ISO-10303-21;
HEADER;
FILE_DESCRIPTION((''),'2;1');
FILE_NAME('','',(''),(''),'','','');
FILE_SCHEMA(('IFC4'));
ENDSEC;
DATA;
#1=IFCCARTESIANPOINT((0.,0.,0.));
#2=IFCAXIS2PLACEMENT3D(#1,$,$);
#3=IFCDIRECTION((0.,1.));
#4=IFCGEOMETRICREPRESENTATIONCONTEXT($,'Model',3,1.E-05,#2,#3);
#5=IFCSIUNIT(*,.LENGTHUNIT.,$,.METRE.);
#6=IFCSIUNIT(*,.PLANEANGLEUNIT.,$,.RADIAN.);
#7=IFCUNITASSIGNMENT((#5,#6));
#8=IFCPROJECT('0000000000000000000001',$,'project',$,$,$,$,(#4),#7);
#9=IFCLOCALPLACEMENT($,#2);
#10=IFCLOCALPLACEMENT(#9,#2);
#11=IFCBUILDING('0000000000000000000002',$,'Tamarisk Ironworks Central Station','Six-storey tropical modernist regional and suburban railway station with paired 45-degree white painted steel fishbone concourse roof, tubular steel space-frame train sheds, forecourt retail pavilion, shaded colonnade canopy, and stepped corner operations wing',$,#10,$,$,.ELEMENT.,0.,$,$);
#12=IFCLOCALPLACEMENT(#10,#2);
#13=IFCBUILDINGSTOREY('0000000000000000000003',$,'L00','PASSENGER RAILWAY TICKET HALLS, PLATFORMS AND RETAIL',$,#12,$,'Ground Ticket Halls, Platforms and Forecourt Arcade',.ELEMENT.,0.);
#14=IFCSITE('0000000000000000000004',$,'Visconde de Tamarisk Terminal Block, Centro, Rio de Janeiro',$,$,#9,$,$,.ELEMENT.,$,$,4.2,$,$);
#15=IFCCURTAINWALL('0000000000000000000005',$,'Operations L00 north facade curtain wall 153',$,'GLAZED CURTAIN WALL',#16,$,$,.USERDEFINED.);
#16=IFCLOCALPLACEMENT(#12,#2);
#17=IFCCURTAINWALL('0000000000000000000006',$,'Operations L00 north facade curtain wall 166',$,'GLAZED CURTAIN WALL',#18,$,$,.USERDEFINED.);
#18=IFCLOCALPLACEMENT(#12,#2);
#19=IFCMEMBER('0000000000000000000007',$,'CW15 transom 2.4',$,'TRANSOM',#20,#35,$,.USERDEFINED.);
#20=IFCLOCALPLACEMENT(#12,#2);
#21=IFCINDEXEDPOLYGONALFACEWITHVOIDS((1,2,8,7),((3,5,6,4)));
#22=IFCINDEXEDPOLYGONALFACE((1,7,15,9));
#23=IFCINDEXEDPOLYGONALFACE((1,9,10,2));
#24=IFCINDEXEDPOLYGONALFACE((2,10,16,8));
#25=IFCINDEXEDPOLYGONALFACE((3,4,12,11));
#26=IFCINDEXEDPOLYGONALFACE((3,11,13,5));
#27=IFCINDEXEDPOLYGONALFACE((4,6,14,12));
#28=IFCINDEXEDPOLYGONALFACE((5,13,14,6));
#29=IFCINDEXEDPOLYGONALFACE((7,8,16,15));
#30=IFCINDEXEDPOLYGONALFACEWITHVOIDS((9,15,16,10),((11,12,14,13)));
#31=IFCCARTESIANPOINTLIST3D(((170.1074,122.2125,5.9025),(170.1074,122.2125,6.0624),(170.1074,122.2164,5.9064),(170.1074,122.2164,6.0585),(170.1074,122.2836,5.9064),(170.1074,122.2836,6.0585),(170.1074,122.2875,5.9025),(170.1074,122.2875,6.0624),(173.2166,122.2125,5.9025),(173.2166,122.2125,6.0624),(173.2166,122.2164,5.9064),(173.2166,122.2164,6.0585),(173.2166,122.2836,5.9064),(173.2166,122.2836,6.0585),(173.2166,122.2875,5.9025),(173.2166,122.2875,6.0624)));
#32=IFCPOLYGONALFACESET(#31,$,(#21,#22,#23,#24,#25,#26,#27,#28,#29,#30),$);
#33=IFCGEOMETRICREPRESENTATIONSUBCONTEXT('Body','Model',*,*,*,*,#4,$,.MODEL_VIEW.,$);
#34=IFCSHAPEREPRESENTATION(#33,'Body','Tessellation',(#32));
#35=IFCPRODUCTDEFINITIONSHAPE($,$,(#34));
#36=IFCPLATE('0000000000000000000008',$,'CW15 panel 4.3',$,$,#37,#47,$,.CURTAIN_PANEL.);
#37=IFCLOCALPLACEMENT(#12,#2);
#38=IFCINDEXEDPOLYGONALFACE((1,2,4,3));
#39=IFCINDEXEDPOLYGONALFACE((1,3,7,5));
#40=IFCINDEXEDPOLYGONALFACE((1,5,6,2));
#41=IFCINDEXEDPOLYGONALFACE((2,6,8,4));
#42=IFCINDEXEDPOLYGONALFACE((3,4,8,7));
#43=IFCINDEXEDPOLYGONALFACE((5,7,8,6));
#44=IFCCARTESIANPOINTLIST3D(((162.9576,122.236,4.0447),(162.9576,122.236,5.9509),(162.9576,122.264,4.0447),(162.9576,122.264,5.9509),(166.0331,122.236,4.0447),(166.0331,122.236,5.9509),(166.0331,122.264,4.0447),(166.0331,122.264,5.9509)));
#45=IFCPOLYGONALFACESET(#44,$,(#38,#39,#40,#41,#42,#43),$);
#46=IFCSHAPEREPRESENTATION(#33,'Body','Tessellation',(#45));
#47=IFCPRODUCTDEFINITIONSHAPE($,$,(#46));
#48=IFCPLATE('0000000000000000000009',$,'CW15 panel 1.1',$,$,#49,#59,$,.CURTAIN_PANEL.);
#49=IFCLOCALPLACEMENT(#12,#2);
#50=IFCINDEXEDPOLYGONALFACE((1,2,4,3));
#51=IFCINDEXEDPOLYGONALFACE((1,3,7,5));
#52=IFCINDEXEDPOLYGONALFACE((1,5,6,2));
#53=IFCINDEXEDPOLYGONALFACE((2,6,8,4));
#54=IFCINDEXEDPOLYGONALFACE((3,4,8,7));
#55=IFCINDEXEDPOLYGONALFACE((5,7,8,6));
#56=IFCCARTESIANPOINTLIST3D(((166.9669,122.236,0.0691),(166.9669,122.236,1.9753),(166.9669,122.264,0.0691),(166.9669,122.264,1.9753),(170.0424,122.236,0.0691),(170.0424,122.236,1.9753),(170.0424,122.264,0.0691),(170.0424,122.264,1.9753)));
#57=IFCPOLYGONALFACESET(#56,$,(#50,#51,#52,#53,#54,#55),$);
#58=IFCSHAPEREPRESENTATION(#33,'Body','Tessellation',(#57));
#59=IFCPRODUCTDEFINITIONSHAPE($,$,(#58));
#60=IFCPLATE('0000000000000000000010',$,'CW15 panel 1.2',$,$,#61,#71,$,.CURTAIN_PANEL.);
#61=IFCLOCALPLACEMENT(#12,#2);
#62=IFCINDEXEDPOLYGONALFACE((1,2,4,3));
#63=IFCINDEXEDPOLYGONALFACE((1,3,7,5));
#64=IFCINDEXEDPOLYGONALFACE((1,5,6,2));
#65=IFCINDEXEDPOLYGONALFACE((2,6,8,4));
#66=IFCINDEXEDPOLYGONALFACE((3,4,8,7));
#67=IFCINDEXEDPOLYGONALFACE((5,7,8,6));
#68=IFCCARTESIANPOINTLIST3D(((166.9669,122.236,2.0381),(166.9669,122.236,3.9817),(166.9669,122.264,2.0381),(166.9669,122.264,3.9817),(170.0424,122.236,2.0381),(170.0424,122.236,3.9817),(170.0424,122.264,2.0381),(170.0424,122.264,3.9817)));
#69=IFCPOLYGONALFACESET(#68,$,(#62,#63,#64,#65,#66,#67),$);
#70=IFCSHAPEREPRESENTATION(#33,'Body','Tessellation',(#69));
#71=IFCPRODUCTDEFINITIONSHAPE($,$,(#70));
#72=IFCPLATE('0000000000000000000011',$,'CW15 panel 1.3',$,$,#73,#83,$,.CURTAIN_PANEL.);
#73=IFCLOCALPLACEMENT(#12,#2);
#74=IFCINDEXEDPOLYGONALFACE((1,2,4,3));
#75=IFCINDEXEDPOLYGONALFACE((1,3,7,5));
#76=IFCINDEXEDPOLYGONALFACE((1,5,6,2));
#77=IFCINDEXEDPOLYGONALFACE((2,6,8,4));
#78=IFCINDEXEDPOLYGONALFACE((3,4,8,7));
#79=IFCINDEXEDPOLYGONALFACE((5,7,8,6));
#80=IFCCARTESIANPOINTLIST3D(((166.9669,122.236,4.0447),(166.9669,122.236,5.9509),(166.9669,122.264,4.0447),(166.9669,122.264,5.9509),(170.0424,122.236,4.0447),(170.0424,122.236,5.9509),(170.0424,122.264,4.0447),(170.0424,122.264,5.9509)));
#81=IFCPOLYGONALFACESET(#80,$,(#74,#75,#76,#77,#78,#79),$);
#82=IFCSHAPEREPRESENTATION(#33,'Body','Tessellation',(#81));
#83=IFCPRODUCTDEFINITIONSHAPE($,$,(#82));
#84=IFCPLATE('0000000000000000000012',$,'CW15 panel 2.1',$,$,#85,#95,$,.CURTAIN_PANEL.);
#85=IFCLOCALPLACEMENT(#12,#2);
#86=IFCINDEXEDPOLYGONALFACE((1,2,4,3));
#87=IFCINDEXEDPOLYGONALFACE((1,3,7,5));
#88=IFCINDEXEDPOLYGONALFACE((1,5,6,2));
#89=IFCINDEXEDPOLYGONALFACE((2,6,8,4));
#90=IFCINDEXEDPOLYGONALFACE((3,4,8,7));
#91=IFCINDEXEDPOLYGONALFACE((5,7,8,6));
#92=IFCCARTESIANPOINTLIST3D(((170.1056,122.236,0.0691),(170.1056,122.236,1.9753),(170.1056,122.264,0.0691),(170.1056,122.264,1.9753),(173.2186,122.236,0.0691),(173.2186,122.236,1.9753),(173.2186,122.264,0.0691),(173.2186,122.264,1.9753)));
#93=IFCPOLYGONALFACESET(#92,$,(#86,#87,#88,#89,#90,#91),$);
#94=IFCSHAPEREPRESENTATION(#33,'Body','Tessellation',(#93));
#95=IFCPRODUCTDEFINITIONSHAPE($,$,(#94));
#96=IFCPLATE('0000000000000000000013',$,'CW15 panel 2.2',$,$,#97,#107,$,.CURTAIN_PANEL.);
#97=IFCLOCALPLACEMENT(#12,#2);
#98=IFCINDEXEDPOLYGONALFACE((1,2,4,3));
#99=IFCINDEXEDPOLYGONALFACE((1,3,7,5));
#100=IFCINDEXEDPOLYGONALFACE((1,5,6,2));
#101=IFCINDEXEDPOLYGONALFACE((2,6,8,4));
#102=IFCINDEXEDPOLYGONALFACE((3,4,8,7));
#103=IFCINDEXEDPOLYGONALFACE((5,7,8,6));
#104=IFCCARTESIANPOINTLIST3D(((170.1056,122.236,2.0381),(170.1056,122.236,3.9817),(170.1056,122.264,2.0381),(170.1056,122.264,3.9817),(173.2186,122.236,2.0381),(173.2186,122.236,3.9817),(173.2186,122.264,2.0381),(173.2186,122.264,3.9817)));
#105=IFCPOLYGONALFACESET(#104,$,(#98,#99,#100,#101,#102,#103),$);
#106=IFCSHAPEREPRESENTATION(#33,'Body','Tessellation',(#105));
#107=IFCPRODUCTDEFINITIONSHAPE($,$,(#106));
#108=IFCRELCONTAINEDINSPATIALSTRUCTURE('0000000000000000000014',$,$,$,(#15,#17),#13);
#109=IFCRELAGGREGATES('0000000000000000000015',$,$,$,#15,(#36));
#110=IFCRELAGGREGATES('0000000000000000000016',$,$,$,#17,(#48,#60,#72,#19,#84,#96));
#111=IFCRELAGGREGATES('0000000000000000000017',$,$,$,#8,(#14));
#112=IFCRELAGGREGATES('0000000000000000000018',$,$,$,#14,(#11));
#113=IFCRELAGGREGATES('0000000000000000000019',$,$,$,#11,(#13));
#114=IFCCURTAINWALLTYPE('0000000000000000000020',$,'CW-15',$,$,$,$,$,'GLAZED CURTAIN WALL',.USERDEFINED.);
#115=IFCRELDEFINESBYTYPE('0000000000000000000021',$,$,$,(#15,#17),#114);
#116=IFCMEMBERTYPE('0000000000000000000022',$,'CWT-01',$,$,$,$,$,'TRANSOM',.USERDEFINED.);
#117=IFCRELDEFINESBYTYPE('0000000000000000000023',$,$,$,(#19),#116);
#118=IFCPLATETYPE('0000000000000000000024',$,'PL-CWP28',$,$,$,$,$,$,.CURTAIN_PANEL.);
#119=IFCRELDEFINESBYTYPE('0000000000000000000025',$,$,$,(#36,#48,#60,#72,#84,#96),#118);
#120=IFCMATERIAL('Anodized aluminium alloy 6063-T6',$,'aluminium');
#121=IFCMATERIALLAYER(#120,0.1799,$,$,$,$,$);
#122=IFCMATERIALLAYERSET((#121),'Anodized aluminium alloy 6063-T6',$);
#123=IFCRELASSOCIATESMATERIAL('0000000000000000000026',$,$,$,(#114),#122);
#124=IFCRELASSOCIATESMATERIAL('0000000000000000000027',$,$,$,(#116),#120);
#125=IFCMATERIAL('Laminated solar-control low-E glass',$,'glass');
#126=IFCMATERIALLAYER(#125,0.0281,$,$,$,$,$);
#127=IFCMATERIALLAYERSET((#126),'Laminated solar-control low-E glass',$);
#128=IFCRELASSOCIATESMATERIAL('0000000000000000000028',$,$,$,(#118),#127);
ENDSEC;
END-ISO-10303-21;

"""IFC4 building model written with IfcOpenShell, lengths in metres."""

from ifc_helpers import new_model, si_unit, direction, frame, origin, origin_2d, place, context, subcontext, project, spatial, rectangle, hollow_rectangle, extrude, material, layer, layer_set, material_profile, profile_set, type_object, element, aggregate, save


model = new_model("IFC4")

# Units and contexts
model_context = context("Model", 3, precision=1e-05, world=origin(), true_north=direction((0.0, 1.0)))
body_context = subcontext(model_context, "Body", "Model", "MODEL_VIEW")
ifc_project = project(units=[si_unit("LENGTHUNIT", "METRE"), si_unit("PLANEANGLEUNIT", "RADIAN")], contexts=[model_context])

# Site, building, storey
site_placement = place(None, origin())
site = spatial("IfcSite", under=ifc_project, at=site_placement, Name="Visconde de Tamarisk Terminal Block, Centro, Rio de Janeiro", CompositionType="ELEMENT", RefElevation=4.2)
building_placement = place(site_placement, origin())
building = spatial("IfcBuilding", under=site, at=building_placement, Name="Tamarisk Ironworks Central Station", Description="Six-storey tropical modernist regional and suburban railway station with paired 45-degree white painted steel fishbone concourse roof, tubular steel space-frame train sheds, forecourt retail pavilion, shaded colonnade canopy, and stepped corner operations wing", CompositionType="ELEMENT", ElevationOfRefHeight=0.0)
storey_placement = place(building_placement, origin())
storey = spatial("IfcBuildingStorey", under=building, at=storey_placement, Name="L00", Description="PASSENGER RAILWAY TICKET HALLS, PLATFORMS AND RETAIL", LongName="Ground Ticket Halls, Platforms and Forecourt Arcade", CompositionType="ELEMENT", Elevation=0.0)

# Curtain wall
ifc_material_1 = material(Name="Anodized aluminium alloy 6063-T6", Category="aluminium")
ifc_layer_1 = layer(ifc_material_1, 0.1799)
ifc_layer_set_1 = layer_set([ifc_layer_1], Name="Anodized aluminium alloy 6063-T6")
curtain_wall_type = type_object("IfcCurtainWallType", Name="CW-15", ElementType="GLAZED CURTAIN WALL", PredefinedType="USERDEFINED", material=ifc_layer_set_1)
curtain_wall_1_placement = place(storey_placement, origin())
curtain_wall_1 = element("IfcCurtainWall", 1, at=curtain_wall_1_placement, inside=storey, type_object=curtain_wall_type, Name="Operations L00 north facade curtain wall 153", ObjectType="GLAZED CURTAIN WALL", PredefinedType="USERDEFINED")

# Curtain wall, member
curtain_wall_2_placement = place(storey_placement, origin())
curtain_wall_2 = element("IfcCurtainWall", 2, at=curtain_wall_2_placement, inside=storey, type_object=curtain_wall_type, Name="Operations L00 north facade curtain wall 166", ObjectType="GLAZED CURTAIN WALL", PredefinedType="USERDEFINED")
ifc_material_profile_1 = material_profile(ifc_material_1, hollow_rectangle(XDim=0.075, YDim=0.1599, WallThickness=0.0039, at=origin_2d()), Name="ALUM 160x75")
ifc_profile_set_1 = profile_set([ifc_material_profile_1], Name="Anodized aluminium alloy 6063-T6")
member_type_1 = type_object("IfcMemberType", Name="CWT-01", ElementType="TRANSOM", PredefinedType="USERDEFINED", material=ifc_profile_set_1)
member_1_placement = place(storey_placement, frame((170.1074, 122.25, 5.9824), z_axis=(1.0, 0.0, 0.0), x_axis=(0.0, 1.0, 0.0)))
member_1 = element("IfcMember", 3, at=member_1_placement, type_object=member_type_1, Name="CW15 transom 2.4", ObjectType="TRANSOM", PredefinedType="USERDEFINED", context=body_context, shape_type="SweptSolid", body=[
    extrude(hollow_rectangle(XDim=0.075, YDim=0.1599, WallThickness=0.0039, at=origin_2d()), origin(), (0.0, 0.0, 1.0), 3.1091),
])

# Plates
ifc_material_2 = material(Name="Laminated solar-control low-E glass", Category="glass")
ifc_layer_2 = layer(ifc_material_2, 0.0281)
ifc_layer_set_2 = layer_set([ifc_layer_2], Name="Laminated solar-control low-E glass")
plate_type = type_object("IfcPlateType", Name="PL-CWP28", PredefinedType="CURTAIN_PANEL", material=ifc_layer_set_2)
plate_1_placement = place(storey_placement, frame((164.4954, 122.25, 4.0447), z_axis=(0.0, 0.0, 1.0), x_axis=(1.0, 0.0, 0.0)))
plate_1 = element("IfcPlate", 4, at=plate_1_placement, type_object=plate_type, Name="CW15 panel 4.3", PredefinedType="CURTAIN_PANEL", context=body_context, shape_type="SweptSolid", body=[
    extrude(rectangle(XDim=3.0754, YDim=0.0281, at=origin_2d()), origin(), (0.0, 0.0, 1.0), 1.9062),
])
aggregate(curtain_wall_1, [plate_1])
plate_2_placement = place(storey_placement, frame((168.5046, 122.25, 0.0691), z_axis=(0.0, 0.0, 1.0), x_axis=(1.0, 0.0, 0.0)))
plate_2 = element("IfcPlate", 5, at=plate_2_placement, type_object=plate_type, Name="CW15 panel 1.1", PredefinedType="CURTAIN_PANEL", context=body_context, shape_type="SweptSolid", body=[
    extrude(rectangle(XDim=3.0754, YDim=0.0281, at=origin_2d()), origin(), (0.0, 0.0, 1.0), 1.9062),
])
plate_3_placement = place(storey_placement, frame((168.5046, 122.25, 2.0381), z_axis=(0.0, 0.0, 1.0), x_axis=(1.0, 0.0, 0.0)))
plate_3 = element("IfcPlate", 6, at=plate_3_placement, type_object=plate_type, Name="CW15 panel 1.2", PredefinedType="CURTAIN_PANEL", context=body_context, shape_type="SweptSolid", body=[
    extrude(rectangle(XDim=3.0754, YDim=0.0281, at=origin_2d()), origin(), (0.0, 0.0, 1.0), 1.9436),
])
plate_4_placement = place(storey_placement, frame((168.5046, 122.25, 4.0447), z_axis=(0.0, 0.0, 1.0), x_axis=(1.0, 0.0, 0.0)))
plate_4 = element("IfcPlate", 7, at=plate_4_placement, type_object=plate_type, Name="CW15 panel 1.3", PredefinedType="CURTAIN_PANEL", context=body_context, shape_type="SweptSolid", body=[
    extrude(rectangle(XDim=3.0754, YDim=0.0281, at=origin_2d()), origin(), (0.0, 0.0, 1.0), 1.9062),
])
plate_5_placement = place(storey_placement, frame((171.6621, 122.25, 0.0691), z_axis=(0.0, 0.0, 1.0), x_axis=(1.0, 0.0, 0.0)))
plate_5 = element("IfcPlate", 8, at=plate_5_placement, type_object=plate_type, Name="CW15 panel 2.1", PredefinedType="CURTAIN_PANEL", context=body_context, shape_type="SweptSolid", body=[
    extrude(rectangle(XDim=3.113, YDim=0.0281, at=origin_2d()), origin(), (0.0, 0.0, 1.0), 1.9062),
])
plate_6_placement = place(storey_placement, frame((171.6621, 122.25, 2.0381), z_axis=(0.0, 0.0, 1.0), x_axis=(1.0, 0.0, 0.0)))
plate_6 = element("IfcPlate", 9, at=plate_6_placement, type_object=plate_type, Name="CW15 panel 2.2", PredefinedType="CURTAIN_PANEL", context=body_context, shape_type="SweptSolid", body=[
    extrude(rectangle(XDim=3.113, YDim=0.0281, at=origin_2d()), origin(), (0.0, 0.0, 1.0), 1.9436),
])
aggregate(curtain_wall_2, [plate_2, plate_3, plate_4, member_1, plate_5, plate_6])

save(model, "model.ifc")
